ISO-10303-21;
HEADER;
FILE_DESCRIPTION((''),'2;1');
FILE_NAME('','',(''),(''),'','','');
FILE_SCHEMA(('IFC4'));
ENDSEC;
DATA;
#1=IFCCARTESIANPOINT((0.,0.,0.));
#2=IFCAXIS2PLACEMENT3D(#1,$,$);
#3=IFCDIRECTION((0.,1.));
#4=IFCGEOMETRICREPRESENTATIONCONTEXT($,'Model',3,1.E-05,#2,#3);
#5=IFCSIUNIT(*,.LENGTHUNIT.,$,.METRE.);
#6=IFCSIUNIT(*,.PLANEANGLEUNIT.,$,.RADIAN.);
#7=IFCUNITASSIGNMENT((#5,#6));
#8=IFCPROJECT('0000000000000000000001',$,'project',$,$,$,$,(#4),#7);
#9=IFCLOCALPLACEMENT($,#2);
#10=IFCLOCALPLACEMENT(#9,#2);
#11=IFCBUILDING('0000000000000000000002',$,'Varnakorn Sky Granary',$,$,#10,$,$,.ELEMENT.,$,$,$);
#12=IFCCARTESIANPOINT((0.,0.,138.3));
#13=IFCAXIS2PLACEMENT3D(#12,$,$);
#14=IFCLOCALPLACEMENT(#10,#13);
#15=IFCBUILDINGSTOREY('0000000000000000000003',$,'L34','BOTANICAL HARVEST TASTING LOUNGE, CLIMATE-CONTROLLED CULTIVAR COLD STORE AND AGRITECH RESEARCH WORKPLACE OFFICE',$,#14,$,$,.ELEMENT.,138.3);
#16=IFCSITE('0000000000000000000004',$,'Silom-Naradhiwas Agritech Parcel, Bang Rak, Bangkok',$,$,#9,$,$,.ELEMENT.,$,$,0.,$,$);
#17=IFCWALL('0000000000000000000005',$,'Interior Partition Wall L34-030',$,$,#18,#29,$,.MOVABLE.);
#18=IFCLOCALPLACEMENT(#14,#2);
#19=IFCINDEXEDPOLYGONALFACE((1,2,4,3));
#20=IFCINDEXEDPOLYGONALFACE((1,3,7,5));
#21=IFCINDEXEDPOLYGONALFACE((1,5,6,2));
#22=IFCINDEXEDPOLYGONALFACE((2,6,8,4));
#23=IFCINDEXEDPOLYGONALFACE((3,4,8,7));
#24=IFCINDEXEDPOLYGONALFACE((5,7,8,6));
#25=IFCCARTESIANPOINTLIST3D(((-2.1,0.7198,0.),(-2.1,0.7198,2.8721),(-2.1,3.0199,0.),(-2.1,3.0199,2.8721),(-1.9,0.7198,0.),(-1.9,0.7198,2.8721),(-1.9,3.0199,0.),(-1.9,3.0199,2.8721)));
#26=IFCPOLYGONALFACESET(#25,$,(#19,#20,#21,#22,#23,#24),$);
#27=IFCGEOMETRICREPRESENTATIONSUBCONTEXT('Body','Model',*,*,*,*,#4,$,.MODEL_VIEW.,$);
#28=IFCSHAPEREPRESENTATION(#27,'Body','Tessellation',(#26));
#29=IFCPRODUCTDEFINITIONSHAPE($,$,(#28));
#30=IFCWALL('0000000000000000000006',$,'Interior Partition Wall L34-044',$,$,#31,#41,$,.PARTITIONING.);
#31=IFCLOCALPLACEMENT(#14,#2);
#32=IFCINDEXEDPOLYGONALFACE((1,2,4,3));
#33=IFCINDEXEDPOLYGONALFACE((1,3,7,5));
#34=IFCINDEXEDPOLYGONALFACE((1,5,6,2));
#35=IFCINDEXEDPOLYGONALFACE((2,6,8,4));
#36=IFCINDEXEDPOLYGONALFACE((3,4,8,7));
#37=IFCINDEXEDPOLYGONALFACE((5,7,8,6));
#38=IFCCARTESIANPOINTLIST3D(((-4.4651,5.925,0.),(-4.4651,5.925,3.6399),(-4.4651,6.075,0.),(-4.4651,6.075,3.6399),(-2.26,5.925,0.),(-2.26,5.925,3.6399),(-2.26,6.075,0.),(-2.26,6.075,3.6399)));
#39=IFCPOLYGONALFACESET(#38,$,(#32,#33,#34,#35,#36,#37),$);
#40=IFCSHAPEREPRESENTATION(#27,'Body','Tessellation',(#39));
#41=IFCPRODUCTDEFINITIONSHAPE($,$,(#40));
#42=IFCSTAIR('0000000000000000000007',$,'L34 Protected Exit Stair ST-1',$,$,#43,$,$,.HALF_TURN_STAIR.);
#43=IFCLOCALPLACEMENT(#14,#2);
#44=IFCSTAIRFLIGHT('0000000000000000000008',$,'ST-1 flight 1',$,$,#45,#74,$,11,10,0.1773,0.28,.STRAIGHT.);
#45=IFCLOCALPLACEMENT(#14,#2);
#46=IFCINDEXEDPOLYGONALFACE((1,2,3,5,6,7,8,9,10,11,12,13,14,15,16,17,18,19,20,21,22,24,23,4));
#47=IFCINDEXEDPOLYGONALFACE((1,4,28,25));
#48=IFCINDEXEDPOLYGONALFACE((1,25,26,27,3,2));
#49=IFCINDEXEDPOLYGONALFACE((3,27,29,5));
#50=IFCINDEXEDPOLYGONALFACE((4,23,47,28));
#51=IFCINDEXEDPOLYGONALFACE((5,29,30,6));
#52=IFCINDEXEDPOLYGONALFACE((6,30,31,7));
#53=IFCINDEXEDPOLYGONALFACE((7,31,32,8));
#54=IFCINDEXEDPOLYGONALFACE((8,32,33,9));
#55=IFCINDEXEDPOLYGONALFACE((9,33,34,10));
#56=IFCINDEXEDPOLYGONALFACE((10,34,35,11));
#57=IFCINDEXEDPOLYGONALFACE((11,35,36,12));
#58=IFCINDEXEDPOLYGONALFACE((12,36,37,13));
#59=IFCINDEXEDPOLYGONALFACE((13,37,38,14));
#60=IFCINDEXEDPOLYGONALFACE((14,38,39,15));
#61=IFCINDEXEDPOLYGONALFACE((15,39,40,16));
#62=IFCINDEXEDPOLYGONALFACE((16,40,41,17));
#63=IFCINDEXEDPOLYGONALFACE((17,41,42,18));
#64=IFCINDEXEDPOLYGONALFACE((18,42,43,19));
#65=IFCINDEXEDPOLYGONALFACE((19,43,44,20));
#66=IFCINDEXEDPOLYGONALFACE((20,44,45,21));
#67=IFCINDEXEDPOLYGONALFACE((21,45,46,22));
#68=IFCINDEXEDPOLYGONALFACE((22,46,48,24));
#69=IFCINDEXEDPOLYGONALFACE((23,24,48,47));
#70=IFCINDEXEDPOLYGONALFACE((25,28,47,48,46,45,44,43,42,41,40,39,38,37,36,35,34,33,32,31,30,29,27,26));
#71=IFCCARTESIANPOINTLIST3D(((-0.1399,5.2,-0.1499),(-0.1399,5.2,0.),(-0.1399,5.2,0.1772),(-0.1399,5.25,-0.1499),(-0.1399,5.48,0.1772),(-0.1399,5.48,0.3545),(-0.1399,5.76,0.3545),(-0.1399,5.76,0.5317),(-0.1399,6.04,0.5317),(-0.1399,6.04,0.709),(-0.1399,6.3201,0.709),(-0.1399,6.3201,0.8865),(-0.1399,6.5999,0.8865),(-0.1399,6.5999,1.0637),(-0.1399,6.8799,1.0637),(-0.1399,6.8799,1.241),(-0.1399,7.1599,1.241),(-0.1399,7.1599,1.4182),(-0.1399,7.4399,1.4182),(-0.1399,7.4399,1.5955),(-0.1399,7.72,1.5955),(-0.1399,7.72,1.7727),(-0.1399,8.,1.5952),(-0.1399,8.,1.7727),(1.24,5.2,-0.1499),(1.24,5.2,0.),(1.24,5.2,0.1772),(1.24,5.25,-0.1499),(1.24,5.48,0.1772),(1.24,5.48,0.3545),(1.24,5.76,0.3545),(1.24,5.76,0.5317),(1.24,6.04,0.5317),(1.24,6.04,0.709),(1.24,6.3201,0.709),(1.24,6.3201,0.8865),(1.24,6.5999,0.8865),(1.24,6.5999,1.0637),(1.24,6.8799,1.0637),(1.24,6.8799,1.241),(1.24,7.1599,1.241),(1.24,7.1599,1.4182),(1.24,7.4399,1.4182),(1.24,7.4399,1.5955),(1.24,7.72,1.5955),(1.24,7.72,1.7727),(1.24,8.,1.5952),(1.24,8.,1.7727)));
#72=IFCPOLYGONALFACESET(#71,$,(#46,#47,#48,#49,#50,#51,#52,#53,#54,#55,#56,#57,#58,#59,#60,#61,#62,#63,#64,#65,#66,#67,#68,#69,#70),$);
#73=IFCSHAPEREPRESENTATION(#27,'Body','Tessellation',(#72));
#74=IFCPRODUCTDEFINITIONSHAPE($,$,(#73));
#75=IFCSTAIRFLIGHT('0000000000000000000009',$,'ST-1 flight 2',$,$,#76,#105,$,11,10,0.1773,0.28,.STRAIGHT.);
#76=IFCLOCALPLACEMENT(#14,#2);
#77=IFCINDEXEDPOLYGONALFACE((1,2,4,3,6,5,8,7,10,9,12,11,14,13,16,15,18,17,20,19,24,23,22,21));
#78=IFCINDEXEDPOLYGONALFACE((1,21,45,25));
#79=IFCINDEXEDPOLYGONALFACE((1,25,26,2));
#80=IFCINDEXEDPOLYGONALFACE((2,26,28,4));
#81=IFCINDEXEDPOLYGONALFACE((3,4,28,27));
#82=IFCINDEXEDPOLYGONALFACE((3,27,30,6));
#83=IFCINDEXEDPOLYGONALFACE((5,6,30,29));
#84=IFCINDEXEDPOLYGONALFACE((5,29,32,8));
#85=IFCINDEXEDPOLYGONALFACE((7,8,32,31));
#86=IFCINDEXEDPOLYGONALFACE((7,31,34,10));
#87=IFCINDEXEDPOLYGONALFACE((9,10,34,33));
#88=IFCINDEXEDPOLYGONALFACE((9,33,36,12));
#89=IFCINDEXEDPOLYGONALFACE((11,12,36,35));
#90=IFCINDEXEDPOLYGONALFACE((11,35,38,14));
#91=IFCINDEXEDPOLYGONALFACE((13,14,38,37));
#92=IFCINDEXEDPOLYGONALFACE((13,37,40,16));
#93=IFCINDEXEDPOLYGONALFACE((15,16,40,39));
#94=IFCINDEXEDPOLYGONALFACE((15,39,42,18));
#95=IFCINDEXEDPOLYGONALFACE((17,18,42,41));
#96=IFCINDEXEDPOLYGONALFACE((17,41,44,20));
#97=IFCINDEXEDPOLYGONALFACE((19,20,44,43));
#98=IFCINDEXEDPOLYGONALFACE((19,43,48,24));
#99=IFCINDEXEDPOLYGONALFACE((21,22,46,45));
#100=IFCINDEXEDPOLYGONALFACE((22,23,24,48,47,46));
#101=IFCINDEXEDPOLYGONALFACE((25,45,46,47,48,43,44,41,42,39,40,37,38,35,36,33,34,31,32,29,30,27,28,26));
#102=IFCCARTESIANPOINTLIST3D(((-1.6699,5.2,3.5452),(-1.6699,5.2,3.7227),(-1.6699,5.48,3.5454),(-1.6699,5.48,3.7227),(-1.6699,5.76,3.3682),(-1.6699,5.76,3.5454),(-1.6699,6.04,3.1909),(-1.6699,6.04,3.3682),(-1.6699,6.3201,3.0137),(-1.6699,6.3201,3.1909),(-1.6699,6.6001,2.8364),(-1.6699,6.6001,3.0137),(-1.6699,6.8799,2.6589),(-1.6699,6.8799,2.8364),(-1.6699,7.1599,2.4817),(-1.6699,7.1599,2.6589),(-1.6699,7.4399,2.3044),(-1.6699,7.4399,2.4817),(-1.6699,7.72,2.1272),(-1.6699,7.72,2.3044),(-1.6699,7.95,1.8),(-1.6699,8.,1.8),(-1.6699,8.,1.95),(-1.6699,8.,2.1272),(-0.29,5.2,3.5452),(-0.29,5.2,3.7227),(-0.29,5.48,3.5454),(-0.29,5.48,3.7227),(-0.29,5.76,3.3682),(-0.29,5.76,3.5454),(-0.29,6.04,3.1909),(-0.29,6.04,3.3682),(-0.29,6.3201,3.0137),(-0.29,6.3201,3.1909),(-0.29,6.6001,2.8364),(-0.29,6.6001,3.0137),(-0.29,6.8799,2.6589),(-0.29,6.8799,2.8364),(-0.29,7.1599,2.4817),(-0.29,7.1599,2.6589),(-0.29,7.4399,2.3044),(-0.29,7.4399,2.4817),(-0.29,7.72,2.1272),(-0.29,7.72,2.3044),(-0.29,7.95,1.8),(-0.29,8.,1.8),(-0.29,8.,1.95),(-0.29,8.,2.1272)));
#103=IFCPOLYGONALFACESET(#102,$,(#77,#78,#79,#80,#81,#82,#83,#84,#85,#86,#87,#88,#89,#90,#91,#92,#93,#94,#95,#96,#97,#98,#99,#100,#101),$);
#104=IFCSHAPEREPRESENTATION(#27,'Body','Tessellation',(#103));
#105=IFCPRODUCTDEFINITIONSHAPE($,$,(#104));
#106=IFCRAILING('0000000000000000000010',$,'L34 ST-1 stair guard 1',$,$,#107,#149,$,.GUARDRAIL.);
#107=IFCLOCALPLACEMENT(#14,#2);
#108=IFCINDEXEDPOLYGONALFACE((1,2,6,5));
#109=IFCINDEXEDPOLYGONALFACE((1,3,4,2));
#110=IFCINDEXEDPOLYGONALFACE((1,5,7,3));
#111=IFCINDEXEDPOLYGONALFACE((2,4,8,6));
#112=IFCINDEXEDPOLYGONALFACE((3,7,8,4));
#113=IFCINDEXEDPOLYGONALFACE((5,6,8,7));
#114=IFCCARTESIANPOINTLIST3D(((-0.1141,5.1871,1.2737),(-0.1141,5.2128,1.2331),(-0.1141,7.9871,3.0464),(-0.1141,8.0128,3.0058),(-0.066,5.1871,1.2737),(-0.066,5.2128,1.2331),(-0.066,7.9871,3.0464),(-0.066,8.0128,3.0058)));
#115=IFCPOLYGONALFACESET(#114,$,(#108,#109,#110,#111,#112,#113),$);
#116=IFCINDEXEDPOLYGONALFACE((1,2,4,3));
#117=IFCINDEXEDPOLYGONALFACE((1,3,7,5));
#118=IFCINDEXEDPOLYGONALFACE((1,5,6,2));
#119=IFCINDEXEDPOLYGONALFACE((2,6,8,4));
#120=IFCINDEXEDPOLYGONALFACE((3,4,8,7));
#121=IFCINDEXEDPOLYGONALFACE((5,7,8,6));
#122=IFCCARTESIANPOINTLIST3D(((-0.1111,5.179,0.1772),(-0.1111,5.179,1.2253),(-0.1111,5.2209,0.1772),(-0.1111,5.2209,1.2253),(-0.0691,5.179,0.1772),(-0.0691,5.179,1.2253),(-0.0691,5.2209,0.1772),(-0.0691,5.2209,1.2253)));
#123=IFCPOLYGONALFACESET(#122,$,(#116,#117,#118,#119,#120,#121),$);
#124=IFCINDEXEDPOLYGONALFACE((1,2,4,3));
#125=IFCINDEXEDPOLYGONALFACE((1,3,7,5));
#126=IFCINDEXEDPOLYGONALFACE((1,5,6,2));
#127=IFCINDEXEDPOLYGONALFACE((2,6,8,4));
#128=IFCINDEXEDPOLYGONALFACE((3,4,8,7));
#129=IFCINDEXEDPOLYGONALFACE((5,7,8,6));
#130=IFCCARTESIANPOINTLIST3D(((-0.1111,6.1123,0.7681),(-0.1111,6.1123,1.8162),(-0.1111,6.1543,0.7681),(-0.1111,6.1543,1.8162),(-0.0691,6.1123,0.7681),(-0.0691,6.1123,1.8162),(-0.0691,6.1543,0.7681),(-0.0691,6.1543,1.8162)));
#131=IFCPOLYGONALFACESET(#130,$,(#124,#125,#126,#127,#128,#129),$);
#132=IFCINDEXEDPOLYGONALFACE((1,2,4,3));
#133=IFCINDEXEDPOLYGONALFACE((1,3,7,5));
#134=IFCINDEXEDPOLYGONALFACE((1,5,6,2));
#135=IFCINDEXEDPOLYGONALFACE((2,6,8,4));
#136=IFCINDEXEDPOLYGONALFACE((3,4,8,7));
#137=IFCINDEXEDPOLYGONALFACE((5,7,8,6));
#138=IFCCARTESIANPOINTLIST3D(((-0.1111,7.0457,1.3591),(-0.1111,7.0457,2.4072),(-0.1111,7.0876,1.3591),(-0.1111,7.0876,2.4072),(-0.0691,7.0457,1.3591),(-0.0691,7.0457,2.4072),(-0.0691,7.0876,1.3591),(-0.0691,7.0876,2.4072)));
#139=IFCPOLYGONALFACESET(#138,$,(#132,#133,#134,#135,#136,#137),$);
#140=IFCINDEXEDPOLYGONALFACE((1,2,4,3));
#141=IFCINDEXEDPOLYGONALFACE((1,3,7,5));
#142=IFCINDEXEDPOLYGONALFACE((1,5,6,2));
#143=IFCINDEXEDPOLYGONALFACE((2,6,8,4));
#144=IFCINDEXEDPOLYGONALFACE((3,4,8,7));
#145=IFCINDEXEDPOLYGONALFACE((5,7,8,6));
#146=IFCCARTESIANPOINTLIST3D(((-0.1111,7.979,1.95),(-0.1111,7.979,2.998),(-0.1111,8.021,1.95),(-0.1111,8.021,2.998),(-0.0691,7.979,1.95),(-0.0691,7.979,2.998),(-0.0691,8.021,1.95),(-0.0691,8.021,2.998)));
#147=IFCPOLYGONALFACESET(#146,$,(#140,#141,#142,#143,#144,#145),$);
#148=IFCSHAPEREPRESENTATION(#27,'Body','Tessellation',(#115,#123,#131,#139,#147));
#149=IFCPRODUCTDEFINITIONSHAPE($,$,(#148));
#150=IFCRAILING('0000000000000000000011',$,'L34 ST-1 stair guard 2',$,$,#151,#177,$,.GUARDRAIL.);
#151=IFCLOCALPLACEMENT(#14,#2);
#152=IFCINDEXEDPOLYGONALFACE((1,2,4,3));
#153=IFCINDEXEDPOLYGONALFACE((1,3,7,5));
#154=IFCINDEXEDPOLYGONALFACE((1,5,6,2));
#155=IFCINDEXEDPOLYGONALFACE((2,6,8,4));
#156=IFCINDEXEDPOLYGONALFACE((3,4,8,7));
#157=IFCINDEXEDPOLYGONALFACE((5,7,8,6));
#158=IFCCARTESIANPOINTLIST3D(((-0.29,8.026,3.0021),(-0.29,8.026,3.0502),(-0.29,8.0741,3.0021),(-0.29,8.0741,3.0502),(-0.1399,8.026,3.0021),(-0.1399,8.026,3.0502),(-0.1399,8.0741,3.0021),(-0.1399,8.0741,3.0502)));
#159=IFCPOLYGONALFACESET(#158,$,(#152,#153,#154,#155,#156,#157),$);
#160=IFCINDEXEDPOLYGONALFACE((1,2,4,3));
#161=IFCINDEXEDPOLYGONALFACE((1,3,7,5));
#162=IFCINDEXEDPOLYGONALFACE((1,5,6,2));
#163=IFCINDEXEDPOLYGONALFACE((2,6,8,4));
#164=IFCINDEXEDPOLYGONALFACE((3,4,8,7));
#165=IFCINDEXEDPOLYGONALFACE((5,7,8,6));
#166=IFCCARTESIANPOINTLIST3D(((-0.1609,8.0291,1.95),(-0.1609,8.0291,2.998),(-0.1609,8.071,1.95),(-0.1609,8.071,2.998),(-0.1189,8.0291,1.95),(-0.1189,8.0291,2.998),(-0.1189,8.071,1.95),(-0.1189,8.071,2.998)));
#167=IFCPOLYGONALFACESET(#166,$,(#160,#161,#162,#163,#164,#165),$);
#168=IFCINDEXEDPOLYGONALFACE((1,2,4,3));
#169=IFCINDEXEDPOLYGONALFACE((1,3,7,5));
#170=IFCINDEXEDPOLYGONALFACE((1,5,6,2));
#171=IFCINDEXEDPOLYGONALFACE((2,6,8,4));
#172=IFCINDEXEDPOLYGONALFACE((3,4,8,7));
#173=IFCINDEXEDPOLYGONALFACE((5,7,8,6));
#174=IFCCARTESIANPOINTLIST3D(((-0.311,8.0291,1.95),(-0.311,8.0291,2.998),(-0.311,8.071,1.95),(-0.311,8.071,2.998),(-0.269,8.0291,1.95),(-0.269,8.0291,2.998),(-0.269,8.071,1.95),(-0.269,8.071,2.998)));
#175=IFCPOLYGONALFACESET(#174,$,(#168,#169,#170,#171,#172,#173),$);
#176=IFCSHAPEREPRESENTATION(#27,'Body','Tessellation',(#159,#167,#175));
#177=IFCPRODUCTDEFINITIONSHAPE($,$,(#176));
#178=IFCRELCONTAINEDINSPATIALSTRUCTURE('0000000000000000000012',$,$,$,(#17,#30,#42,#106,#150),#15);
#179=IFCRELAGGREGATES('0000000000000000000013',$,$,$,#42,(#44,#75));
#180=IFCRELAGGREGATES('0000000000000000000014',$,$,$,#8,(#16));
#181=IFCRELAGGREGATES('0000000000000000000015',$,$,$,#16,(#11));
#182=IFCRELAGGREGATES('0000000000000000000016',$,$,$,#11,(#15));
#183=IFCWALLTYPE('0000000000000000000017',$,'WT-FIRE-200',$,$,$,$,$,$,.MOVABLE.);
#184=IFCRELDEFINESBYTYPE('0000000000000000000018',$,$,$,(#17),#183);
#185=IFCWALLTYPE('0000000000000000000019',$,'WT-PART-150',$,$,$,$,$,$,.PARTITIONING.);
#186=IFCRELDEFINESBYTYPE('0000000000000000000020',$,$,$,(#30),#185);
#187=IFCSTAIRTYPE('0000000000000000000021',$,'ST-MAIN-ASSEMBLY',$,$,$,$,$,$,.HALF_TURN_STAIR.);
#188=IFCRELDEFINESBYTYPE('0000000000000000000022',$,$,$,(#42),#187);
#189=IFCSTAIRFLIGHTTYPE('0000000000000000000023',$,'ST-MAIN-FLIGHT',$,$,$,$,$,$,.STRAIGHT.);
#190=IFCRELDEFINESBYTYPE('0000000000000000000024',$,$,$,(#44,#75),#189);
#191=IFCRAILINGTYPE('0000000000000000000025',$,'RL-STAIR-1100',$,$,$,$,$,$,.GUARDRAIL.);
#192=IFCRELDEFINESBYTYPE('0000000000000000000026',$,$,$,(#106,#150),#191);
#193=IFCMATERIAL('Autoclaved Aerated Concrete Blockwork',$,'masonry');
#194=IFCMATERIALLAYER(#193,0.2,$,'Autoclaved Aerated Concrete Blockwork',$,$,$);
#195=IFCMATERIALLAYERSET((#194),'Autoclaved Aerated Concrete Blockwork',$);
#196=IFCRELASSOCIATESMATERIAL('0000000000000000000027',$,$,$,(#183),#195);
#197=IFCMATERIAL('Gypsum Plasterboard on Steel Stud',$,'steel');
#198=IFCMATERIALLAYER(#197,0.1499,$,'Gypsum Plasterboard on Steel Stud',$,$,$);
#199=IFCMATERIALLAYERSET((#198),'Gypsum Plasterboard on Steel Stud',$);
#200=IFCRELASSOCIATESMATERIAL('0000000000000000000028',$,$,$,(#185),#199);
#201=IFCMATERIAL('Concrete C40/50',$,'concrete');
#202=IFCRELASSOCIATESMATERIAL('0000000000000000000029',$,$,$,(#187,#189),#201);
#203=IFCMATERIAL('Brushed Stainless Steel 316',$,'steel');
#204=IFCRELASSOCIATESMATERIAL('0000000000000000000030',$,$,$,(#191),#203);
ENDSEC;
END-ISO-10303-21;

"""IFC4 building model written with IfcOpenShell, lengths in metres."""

from ifc_helpers import new_model, si_unit, direction, frame, frame_2d, origin, origin_2d, place, context, subcontext, project, spatial, polyline, rectangle, outline, extrude, material, layer, layer_set, type_object, element, aggregate, save


model = new_model("IFC4")

# Units and contexts
model_context = context("Model", 3, precision=1e-05, world=origin(), true_north=direction((0.0, 1.0)))
body_context = subcontext(model_context, "Body", "Model", "MODEL_VIEW")
ifc_project = project(units=[si_unit("LENGTHUNIT", "METRE"), si_unit("PLANEANGLEUNIT", "RADIAN")], contexts=[model_context])

# Site, building, storey
site_placement = place(None, origin())
site = spatial("IfcSite", under=ifc_project, at=site_placement, Name="Silom-Naradhiwas Agritech Parcel, Bang Rak, Bangkok", CompositionType="ELEMENT", RefElevation=0.0)
building_placement = place(site_placement, origin())
building = spatial("IfcBuilding", under=site, at=building_placement, Name="Varnakorn Sky Granary", CompositionType="ELEMENT")
storey_placement = place(building_placement, frame((0.0, 0.0, 138.3)))
storey = spatial("IfcBuildingStorey", under=building, at=storey_placement, Name="L34", Description="BOTANICAL HARVEST TASTING LOUNGE, CLIMATE-CONTROLLED CULTIVAR COLD STORE AND AGRITECH RESEARCH WORKPLACE OFFICE", CompositionType="ELEMENT", Elevation=138.3)

# Walls
ifc_material_1 = material(Name="Autoclaved Aerated Concrete Blockwork", Category="masonry")
ifc_layer_1 = layer(ifc_material_1, 0.2, Name="Autoclaved Aerated Concrete Blockwork")
ifc_layer_set_1 = layer_set([ifc_layer_1], Name="Autoclaved Aerated Concrete Blockwork")
wall_type_1 = type_object("IfcWallType", Name="WT-FIRE-200", PredefinedType="MOVABLE", material=ifc_layer_set_1)
wall_1_placement = place(storey_placement, frame((-2.0, 0.72, 0.0), z_axis=(0.0, 0.0, 1.0), x_axis=(0.0, 1.0, 0.0)))
element("IfcWall", 1, at=wall_1_placement, inside=storey, type_object=wall_type_1, Name="Interior Partition Wall L34-030", PredefinedType="MOVABLE", context=body_context, shape_type="SweptSolid", body=[
    extrude(rectangle(XDim=2.3, YDim=0.2, at=frame_2d((1.1499, 0.0))), origin(), (0.0, 0.0, 1.0), 2.8721),
])
ifc_material_2 = material(Name="Gypsum Plasterboard on Steel Stud", Category="steel")
ifc_layer_2 = layer(ifc_material_2, 0.1499, Name="Gypsum Plasterboard on Steel Stud")
ifc_layer_set_2 = layer_set([ifc_layer_2], Name="Gypsum Plasterboard on Steel Stud")
wall_type_2 = type_object("IfcWallType", Name="WT-PART-150", PredefinedType="PARTITIONING", material=ifc_layer_set_2)
wall_2_placement = place(storey_placement, frame((-4.4651, 6.0, 0.0), z_axis=(0.0, 0.0, 1.0), x_axis=(1.0, 0.0, 0.0)))
element("IfcWall", 2, at=wall_2_placement, inside=storey, type_object=wall_type_2, Name="Interior Partition Wall L34-044", PredefinedType="PARTITIONING", context=body_context, shape_type="SweptSolid", body=[
    extrude(rectangle(XDim=2.2051, YDim=0.1499, at=frame_2d((1.1025, 0.0))), origin(), (0.0, 0.0, 1.0), 3.6399),
])

# Stair, stair flights
ifc_material_3 = material(Name="Concrete C40/50", Category="concrete")
stair_type = type_object("IfcStairType", Name="ST-MAIN-ASSEMBLY", PredefinedType="HALF_TURN_STAIR", material=ifc_material_3)
stair_placement = place(storey_placement, origin())
stair = element("IfcStair", 3, at=stair_placement, inside=storey, type_object=stair_type, Name="L34 Protected Exit Stair ST-1", PredefinedType="HALF_TURN_STAIR")
stair_flight_type = type_object("IfcStairFlightType", Name="ST-MAIN-FLIGHT", PredefinedType="STRAIGHT", material=ifc_material_3)
stair_flight_1_placement = place(storey_placement, frame((0.55, 5.2, 0.0), z_axis=(0.0, 0.0, 1.0), x_axis=(0.0, 1.0, 0.0)))
stair_flight_1 = element("IfcStairFlight", 4, at=stair_flight_1_placement, type_object=stair_flight_type, Name="ST-1 flight 1", NumberOfRisers=11, NumberOfTreads=10, PredefinedType="STRAIGHT", RiserHeight=0.1773, TreadLength=0.28, context=body_context, shape_type="SweptSolid", body=[
    extrude(outline(polyline([(0.0, -0.1499), (0.0, 0.0), (0.0, 0.1772), (0.28, 0.1772), (0.28, 0.3545), (0.5601, 0.3545), (0.5601, 0.5317), (0.8401, 0.5317), (0.8401, 0.709), (1.1201, 0.709), (1.1201, 0.8865), (1.3999, 0.8865), (1.3999, 1.0637), (1.6799, 1.0637), (1.6799, 1.241), (1.96, 1.241), (1.96, 1.4182), (2.24, 1.4182), (2.24, 1.5955), (2.52, 1.5955), (2.52, 1.7727), (2.8, 1.7727), (2.8, 1.95), (2.8, 1.5952), (0.05, -0.1499), (0.0, -0.1499)])), frame((0.0, 0.6899, 0.0), z_axis=(0.0, -1.0, 0.0), x_axis=(1.0, 0.0, 0.0)), (0.0, 0.0, 1.0), 1.3799),
])
stair_flight_2_placement = place(storey_placement, frame((-0.98, 8.0, 1.95), z_axis=(0.0, 0.0, 1.0), x_axis=(0.0, -1.0, 0.0)))
stair_flight_2 = element("IfcStairFlight", 5, at=stair_flight_2_placement, type_object=stair_flight_type, Name="ST-1 flight 2", NumberOfRisers=11, NumberOfTreads=10, PredefinedType="STRAIGHT", RiserHeight=0.1773, TreadLength=0.28, context=body_context, shape_type="SweptSolid", body=[
    extrude(outline(polyline([(0.0, -0.1499), (0.0, 0.0), (0.0, 0.1772), (0.28, 0.1772), (0.28, 0.3545), (0.5601, 0.3545), (0.5601, 0.5317), (0.8401, 0.5317), (0.8401, 0.709), (1.1201, 0.709), (1.1201, 0.8865), (1.3999, 0.8865), (1.3999, 1.0637), (1.6799, 1.0637), (1.6799, 1.241), (1.96, 1.241), (1.96, 1.4182), (2.24, 1.4182), (2.24, 1.5955), (2.52, 1.5955), (2.52, 1.7727), (2.8, 1.7727), (2.8, 1.95), (2.8, 1.5952), (0.05, -0.1499), (0.0, -0.1499)])), frame((0.0, 0.6899, 0.0), z_axis=(0.0, -1.0, 0.0), x_axis=(1.0, 0.0, 0.0)), (0.0, 0.0, 1.0), 1.3799),
])
aggregate(stair, [stair_flight_1, stair_flight_2])

# Railings
ifc_material_4 = material(Name="Brushed Stainless Steel 316", Category="steel")
railing_type_1 = type_object("IfcRailingType", Name="RL-STAIR-1100", PredefinedType="GUARDRAIL", material=ifc_material_4)
railing_1_placement = place(storey_placement, frame((-0.0901, 5.2, 0.1772)))
element("IfcRailing", 6, at=railing_1_placement, inside=storey, type_object=railing_type_1, Name="L34 ST-1 stair guard 1", PredefinedType="GUARDRAIL", context=body_context, shape_type="SweptSolid", body=[
    extrude(rectangle(XDim=0.0481, YDim=0.0481, at=origin_2d()), frame((0.0, 0.0, 1.0762), z_axis=(0.0, 0.844909, 0.53491), x_axis=(-1.0, 0.0, 0.0)), (0.0, 0.0, 1.0), 3.314),
    extrude(rectangle(XDim=0.042, YDim=0.042, at=origin_2d()), origin(), (0.0, 0.0, 1.0), 1.0481),
    extrude(rectangle(XDim=0.042, YDim=0.042, at=origin_2d()), frame((0.0, 0.9333, 0.5908)), (0.0, 0.0, 1.0), 1.0481),
    extrude(rectangle(XDim=0.042, YDim=0.042, at=origin_2d()), frame((0.0, 1.8667, 1.1819)), (0.0, 0.0, 1.0), 1.0481),
    extrude(rectangle(XDim=0.042, YDim=0.042, at=origin_2d()), frame((0.0, 2.8, 1.7727)), (0.0, 0.0, 1.0), 1.0481),
])
railing_2_placement = place(storey_placement, frame((-0.1399, 8.05, 1.95)))
element("IfcRailing", 7, at=railing_2_placement, inside=storey, type_object=railing_type_1, Name="L34 ST-1 stair guard 2", PredefinedType="GUARDRAIL", context=body_context, shape_type="SweptSolid", body=[
    extrude(rectangle(XDim=0.0481, YDim=0.0481, at=origin_2d()), frame((0.0, 0.0, 1.0762), z_axis=(-1.0, 0.0, 0.0), x_axis=(0.0, -1.0, 0.0)), (0.0, 0.0, 1.0), 0.1501),
    extrude(rectangle(XDim=0.042, YDim=0.042, at=origin_2d()), origin(), (0.0, 0.0, 1.0), 1.0481),
    extrude(rectangle(XDim=0.042, YDim=0.042, at=origin_2d()), frame((-0.1501, 0.0, 0.0)), (0.0, 0.0, 1.0), 1.0481),
])

save(model, "model.ifc")
